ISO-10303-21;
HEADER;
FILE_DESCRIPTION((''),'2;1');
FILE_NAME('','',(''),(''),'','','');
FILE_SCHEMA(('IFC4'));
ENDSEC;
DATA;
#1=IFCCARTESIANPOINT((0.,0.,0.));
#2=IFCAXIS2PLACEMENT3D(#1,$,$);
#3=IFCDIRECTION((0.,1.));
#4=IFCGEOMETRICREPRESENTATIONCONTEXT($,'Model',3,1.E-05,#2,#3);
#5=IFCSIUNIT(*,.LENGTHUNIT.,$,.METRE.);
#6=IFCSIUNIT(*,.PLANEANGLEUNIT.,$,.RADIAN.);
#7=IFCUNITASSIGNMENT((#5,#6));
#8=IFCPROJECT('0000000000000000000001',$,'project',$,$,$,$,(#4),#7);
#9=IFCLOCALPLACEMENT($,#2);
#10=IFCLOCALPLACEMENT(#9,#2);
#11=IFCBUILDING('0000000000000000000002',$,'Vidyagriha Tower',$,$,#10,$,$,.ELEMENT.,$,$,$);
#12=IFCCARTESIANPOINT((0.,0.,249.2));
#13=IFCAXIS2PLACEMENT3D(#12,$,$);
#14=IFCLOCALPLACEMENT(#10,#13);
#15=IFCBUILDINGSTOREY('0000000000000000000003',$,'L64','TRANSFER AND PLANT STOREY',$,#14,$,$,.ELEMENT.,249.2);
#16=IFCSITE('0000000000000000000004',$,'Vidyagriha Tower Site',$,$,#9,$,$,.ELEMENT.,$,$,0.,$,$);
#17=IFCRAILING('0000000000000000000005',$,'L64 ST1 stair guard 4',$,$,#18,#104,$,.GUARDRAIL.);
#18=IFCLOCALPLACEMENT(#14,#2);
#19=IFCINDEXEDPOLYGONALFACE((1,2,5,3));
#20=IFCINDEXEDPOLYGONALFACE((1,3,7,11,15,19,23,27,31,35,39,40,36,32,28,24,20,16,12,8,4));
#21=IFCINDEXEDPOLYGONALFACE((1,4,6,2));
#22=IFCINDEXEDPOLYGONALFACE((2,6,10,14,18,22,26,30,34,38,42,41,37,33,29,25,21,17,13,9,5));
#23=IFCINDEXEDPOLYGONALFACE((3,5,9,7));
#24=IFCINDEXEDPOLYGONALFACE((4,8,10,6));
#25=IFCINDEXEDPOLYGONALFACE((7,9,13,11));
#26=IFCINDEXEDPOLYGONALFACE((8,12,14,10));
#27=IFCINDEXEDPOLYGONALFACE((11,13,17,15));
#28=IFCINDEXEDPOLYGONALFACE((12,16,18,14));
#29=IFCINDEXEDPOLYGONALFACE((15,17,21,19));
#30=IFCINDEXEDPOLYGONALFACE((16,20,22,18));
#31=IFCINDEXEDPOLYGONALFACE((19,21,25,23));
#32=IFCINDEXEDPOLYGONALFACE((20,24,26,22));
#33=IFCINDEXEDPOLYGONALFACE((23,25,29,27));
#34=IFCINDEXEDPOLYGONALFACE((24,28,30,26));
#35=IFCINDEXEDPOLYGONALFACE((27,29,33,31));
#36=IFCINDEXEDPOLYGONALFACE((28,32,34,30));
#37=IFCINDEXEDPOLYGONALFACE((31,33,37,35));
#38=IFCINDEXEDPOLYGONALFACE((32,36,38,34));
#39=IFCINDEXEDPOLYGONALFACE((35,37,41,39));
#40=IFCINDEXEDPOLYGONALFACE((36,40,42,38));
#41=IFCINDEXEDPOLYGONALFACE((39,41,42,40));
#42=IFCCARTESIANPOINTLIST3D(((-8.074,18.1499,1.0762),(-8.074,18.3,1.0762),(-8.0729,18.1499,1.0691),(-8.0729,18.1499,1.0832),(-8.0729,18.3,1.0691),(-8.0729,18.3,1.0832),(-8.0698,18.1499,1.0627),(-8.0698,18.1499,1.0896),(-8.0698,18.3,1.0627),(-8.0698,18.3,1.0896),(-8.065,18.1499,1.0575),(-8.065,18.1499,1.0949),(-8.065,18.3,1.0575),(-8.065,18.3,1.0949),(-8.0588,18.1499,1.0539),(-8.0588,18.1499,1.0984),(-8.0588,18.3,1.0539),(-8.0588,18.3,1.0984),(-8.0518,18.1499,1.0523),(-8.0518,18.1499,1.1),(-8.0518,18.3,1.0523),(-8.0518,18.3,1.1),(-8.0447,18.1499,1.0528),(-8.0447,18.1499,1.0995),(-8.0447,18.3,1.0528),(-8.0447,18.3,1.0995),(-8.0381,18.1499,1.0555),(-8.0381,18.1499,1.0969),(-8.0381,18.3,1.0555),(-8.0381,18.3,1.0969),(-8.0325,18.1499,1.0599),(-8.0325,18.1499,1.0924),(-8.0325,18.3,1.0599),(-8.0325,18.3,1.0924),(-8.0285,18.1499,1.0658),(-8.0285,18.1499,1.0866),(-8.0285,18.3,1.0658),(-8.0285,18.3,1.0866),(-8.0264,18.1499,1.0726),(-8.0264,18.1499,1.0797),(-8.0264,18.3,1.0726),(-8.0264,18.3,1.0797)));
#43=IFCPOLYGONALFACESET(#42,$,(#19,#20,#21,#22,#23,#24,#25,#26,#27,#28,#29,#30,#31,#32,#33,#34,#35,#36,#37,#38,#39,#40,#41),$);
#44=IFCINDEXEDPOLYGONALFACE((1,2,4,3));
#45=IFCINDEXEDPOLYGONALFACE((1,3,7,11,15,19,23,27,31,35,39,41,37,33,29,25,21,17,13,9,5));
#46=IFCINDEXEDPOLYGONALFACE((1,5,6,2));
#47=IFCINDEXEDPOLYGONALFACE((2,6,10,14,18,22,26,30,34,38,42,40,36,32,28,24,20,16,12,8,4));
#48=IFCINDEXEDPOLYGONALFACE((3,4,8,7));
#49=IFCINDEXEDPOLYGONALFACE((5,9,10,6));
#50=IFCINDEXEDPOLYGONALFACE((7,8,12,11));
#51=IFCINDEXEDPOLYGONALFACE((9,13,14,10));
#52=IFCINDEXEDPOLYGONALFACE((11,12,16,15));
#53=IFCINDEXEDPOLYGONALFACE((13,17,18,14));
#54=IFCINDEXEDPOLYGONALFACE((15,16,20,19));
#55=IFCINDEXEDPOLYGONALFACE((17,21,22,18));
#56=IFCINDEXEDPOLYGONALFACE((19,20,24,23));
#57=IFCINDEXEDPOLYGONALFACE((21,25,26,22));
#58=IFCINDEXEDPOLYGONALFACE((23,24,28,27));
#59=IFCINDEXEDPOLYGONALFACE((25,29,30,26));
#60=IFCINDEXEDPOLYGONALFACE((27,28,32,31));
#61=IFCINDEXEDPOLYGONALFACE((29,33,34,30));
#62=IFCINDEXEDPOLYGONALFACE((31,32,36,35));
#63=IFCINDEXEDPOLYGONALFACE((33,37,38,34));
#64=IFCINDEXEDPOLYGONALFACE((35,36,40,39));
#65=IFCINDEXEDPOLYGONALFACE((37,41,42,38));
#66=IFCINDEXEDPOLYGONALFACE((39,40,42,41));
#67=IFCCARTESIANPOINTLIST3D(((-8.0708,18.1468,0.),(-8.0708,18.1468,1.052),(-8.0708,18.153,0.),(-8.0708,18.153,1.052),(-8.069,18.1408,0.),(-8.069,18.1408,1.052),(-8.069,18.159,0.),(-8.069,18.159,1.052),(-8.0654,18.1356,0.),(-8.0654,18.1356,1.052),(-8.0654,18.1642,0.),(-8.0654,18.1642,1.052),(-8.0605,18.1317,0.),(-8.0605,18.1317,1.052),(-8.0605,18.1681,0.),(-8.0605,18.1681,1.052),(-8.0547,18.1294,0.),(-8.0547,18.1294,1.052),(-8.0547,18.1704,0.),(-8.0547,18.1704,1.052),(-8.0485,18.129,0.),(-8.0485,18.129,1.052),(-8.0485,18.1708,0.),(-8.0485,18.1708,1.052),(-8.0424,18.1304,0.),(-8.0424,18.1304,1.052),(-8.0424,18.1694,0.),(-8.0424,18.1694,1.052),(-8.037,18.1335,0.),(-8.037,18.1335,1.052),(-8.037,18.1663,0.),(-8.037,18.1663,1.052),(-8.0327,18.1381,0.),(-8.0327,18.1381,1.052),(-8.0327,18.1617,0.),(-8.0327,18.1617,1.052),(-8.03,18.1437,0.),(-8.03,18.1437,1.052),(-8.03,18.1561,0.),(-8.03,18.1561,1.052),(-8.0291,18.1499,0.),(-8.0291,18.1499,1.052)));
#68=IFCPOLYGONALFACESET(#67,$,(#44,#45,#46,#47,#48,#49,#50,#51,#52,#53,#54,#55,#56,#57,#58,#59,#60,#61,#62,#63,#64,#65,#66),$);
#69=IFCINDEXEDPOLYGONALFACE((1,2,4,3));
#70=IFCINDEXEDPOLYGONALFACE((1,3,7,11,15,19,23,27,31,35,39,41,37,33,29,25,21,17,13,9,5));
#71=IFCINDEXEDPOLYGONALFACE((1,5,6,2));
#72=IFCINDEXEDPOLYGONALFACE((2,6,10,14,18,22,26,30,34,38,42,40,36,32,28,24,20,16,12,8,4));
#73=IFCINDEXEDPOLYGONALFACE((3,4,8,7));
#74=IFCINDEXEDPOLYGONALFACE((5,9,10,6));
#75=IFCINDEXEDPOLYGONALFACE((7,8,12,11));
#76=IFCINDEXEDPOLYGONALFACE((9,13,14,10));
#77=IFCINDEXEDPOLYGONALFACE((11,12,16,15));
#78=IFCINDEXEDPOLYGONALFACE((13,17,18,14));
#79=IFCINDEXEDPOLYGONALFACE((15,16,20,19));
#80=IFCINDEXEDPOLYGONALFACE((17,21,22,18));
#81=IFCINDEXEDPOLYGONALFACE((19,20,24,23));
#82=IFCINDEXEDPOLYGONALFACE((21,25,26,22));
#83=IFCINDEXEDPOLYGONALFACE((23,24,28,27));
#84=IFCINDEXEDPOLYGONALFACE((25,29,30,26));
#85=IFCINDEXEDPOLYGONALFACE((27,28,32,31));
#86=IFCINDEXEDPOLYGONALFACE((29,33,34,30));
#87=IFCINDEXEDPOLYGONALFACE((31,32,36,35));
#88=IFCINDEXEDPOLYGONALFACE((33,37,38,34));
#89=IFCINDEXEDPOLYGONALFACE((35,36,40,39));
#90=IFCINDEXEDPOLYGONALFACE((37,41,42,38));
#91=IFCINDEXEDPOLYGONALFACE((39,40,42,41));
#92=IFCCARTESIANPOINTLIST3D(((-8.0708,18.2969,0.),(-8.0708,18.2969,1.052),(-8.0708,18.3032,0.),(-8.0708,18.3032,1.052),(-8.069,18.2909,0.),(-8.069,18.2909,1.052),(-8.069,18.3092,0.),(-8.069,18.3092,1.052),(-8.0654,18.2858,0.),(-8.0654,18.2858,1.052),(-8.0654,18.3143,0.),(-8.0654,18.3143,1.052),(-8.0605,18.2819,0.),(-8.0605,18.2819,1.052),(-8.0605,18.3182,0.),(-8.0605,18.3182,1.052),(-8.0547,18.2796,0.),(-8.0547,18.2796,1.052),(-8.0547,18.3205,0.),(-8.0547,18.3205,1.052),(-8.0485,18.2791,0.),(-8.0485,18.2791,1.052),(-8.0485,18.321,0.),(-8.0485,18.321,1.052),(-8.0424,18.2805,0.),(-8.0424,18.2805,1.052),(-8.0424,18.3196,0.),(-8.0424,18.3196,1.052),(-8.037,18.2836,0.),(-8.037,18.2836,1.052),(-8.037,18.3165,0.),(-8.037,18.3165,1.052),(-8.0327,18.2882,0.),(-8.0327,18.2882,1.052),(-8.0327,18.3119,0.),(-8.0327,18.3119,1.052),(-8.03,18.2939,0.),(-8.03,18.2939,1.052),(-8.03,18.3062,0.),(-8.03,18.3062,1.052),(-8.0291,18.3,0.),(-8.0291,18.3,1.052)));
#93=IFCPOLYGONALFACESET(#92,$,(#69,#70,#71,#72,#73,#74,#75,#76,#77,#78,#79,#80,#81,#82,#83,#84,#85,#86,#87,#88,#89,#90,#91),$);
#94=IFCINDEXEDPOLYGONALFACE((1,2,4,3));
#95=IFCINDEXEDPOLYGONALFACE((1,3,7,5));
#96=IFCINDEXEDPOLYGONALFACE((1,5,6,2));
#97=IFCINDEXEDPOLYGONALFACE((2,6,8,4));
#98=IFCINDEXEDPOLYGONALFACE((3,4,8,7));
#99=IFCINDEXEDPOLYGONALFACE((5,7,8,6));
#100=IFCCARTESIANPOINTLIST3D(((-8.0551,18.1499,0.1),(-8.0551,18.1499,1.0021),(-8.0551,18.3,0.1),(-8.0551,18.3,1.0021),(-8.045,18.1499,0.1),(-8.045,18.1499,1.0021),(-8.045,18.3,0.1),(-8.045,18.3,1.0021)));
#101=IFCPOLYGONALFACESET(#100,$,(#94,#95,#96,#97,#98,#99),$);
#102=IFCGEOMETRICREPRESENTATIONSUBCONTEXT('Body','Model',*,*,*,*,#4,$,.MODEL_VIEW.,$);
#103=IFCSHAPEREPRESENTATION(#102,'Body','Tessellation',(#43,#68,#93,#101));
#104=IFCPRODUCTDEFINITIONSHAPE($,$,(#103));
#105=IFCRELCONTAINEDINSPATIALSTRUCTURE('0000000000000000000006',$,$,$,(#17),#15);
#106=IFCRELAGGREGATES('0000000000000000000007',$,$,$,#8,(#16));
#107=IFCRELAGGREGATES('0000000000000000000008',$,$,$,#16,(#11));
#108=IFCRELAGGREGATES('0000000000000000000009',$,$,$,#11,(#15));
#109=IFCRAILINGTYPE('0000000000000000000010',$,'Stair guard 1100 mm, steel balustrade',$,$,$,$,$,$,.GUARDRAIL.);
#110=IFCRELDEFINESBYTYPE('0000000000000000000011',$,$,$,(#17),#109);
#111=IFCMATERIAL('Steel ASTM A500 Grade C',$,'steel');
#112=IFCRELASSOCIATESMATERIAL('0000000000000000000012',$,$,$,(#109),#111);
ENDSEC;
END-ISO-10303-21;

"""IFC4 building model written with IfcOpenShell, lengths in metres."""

from ifc_helpers import new_model, si_unit, direction, frame, origin, origin_2d, place, context, subcontext, project, spatial, rectangle, circle, extrude, material, type_object, element, save


model = new_model("IFC4")

# Units and contexts
model_context = context("Model", 3, precision=1e-05, world=origin(), true_north=direction((0.0, 1.0)))
body_context = subcontext(model_context, "Body", "Model", "MODEL_VIEW")
ifc_project = project(units=[si_unit("LENGTHUNIT", "METRE"), si_unit("PLANEANGLEUNIT", "RADIAN")], contexts=[model_context])

# Site, building, storey
site_placement = place(None, origin())
site = spatial("IfcSite", under=ifc_project, at=site_placement, Name="Vidyagriha Tower Site", CompositionType="ELEMENT", RefElevation=0.0)
building_placement = place(site_placement, origin())
building = spatial("IfcBuilding", under=site, at=building_placement, Name="Vidyagriha Tower", CompositionType="ELEMENT")
storey_placement = place(building_placement, frame((0.0, 0.0, 249.2)))
storey = spatial("IfcBuildingStorey", under=building, at=storey_placement, Name="L64", Description="TRANSFER AND PLANT STOREY", CompositionType="ELEMENT", Elevation=249.2)

# Railing
ifc_material_1 = material(Name="Steel ASTM A500 Grade C", Category="steel")
railing_type_1 = type_object("IfcRailingType", Name="Stair guard 1100 mm, steel balustrade", PredefinedType="GUARDRAIL", material=ifc_material_1)
railing_1_placement = place(storey_placement, frame((-8.05, 18.1499, 0.0)))
element("IfcRailing", 1, at=railing_1_placement, inside=storey, type_object=railing_type_1, Name="L64 ST1 stair guard 4", PredefinedType="GUARDRAIL", context=body_context, shape_type="SweptSolid", body=[
    extrude(circle(Radius=0.0239, at=origin_2d()), frame((0.0, 0.0, 1.0762), z_axis=(0.0, 1.0, 0.0), x_axis=(-1.0, 0.0, 0.0)), (0.0, 0.0, 1.0), 0.1501),
    extrude(circle(Radius=0.021, at=origin_2d()), origin(), (0.0, 0.0, 1.0), 1.052),
    extrude(circle(Radius=0.021, at=origin_2d()), frame((0.0, 0.1501, 0.0)), (0.0, 0.0, 1.0), 1.052),
    extrude(rectangle(XDim=0.01, YDim=0.9021, at=origin_2d()), frame((0.0, 0.0, 0.551), z_axis=(0.0, 1.0, 0.0), x_axis=(-1.0, 0.0, 0.0)), (0.0, 0.0, 1.0), 0.1501),
])

save(model, "model.ifc")
